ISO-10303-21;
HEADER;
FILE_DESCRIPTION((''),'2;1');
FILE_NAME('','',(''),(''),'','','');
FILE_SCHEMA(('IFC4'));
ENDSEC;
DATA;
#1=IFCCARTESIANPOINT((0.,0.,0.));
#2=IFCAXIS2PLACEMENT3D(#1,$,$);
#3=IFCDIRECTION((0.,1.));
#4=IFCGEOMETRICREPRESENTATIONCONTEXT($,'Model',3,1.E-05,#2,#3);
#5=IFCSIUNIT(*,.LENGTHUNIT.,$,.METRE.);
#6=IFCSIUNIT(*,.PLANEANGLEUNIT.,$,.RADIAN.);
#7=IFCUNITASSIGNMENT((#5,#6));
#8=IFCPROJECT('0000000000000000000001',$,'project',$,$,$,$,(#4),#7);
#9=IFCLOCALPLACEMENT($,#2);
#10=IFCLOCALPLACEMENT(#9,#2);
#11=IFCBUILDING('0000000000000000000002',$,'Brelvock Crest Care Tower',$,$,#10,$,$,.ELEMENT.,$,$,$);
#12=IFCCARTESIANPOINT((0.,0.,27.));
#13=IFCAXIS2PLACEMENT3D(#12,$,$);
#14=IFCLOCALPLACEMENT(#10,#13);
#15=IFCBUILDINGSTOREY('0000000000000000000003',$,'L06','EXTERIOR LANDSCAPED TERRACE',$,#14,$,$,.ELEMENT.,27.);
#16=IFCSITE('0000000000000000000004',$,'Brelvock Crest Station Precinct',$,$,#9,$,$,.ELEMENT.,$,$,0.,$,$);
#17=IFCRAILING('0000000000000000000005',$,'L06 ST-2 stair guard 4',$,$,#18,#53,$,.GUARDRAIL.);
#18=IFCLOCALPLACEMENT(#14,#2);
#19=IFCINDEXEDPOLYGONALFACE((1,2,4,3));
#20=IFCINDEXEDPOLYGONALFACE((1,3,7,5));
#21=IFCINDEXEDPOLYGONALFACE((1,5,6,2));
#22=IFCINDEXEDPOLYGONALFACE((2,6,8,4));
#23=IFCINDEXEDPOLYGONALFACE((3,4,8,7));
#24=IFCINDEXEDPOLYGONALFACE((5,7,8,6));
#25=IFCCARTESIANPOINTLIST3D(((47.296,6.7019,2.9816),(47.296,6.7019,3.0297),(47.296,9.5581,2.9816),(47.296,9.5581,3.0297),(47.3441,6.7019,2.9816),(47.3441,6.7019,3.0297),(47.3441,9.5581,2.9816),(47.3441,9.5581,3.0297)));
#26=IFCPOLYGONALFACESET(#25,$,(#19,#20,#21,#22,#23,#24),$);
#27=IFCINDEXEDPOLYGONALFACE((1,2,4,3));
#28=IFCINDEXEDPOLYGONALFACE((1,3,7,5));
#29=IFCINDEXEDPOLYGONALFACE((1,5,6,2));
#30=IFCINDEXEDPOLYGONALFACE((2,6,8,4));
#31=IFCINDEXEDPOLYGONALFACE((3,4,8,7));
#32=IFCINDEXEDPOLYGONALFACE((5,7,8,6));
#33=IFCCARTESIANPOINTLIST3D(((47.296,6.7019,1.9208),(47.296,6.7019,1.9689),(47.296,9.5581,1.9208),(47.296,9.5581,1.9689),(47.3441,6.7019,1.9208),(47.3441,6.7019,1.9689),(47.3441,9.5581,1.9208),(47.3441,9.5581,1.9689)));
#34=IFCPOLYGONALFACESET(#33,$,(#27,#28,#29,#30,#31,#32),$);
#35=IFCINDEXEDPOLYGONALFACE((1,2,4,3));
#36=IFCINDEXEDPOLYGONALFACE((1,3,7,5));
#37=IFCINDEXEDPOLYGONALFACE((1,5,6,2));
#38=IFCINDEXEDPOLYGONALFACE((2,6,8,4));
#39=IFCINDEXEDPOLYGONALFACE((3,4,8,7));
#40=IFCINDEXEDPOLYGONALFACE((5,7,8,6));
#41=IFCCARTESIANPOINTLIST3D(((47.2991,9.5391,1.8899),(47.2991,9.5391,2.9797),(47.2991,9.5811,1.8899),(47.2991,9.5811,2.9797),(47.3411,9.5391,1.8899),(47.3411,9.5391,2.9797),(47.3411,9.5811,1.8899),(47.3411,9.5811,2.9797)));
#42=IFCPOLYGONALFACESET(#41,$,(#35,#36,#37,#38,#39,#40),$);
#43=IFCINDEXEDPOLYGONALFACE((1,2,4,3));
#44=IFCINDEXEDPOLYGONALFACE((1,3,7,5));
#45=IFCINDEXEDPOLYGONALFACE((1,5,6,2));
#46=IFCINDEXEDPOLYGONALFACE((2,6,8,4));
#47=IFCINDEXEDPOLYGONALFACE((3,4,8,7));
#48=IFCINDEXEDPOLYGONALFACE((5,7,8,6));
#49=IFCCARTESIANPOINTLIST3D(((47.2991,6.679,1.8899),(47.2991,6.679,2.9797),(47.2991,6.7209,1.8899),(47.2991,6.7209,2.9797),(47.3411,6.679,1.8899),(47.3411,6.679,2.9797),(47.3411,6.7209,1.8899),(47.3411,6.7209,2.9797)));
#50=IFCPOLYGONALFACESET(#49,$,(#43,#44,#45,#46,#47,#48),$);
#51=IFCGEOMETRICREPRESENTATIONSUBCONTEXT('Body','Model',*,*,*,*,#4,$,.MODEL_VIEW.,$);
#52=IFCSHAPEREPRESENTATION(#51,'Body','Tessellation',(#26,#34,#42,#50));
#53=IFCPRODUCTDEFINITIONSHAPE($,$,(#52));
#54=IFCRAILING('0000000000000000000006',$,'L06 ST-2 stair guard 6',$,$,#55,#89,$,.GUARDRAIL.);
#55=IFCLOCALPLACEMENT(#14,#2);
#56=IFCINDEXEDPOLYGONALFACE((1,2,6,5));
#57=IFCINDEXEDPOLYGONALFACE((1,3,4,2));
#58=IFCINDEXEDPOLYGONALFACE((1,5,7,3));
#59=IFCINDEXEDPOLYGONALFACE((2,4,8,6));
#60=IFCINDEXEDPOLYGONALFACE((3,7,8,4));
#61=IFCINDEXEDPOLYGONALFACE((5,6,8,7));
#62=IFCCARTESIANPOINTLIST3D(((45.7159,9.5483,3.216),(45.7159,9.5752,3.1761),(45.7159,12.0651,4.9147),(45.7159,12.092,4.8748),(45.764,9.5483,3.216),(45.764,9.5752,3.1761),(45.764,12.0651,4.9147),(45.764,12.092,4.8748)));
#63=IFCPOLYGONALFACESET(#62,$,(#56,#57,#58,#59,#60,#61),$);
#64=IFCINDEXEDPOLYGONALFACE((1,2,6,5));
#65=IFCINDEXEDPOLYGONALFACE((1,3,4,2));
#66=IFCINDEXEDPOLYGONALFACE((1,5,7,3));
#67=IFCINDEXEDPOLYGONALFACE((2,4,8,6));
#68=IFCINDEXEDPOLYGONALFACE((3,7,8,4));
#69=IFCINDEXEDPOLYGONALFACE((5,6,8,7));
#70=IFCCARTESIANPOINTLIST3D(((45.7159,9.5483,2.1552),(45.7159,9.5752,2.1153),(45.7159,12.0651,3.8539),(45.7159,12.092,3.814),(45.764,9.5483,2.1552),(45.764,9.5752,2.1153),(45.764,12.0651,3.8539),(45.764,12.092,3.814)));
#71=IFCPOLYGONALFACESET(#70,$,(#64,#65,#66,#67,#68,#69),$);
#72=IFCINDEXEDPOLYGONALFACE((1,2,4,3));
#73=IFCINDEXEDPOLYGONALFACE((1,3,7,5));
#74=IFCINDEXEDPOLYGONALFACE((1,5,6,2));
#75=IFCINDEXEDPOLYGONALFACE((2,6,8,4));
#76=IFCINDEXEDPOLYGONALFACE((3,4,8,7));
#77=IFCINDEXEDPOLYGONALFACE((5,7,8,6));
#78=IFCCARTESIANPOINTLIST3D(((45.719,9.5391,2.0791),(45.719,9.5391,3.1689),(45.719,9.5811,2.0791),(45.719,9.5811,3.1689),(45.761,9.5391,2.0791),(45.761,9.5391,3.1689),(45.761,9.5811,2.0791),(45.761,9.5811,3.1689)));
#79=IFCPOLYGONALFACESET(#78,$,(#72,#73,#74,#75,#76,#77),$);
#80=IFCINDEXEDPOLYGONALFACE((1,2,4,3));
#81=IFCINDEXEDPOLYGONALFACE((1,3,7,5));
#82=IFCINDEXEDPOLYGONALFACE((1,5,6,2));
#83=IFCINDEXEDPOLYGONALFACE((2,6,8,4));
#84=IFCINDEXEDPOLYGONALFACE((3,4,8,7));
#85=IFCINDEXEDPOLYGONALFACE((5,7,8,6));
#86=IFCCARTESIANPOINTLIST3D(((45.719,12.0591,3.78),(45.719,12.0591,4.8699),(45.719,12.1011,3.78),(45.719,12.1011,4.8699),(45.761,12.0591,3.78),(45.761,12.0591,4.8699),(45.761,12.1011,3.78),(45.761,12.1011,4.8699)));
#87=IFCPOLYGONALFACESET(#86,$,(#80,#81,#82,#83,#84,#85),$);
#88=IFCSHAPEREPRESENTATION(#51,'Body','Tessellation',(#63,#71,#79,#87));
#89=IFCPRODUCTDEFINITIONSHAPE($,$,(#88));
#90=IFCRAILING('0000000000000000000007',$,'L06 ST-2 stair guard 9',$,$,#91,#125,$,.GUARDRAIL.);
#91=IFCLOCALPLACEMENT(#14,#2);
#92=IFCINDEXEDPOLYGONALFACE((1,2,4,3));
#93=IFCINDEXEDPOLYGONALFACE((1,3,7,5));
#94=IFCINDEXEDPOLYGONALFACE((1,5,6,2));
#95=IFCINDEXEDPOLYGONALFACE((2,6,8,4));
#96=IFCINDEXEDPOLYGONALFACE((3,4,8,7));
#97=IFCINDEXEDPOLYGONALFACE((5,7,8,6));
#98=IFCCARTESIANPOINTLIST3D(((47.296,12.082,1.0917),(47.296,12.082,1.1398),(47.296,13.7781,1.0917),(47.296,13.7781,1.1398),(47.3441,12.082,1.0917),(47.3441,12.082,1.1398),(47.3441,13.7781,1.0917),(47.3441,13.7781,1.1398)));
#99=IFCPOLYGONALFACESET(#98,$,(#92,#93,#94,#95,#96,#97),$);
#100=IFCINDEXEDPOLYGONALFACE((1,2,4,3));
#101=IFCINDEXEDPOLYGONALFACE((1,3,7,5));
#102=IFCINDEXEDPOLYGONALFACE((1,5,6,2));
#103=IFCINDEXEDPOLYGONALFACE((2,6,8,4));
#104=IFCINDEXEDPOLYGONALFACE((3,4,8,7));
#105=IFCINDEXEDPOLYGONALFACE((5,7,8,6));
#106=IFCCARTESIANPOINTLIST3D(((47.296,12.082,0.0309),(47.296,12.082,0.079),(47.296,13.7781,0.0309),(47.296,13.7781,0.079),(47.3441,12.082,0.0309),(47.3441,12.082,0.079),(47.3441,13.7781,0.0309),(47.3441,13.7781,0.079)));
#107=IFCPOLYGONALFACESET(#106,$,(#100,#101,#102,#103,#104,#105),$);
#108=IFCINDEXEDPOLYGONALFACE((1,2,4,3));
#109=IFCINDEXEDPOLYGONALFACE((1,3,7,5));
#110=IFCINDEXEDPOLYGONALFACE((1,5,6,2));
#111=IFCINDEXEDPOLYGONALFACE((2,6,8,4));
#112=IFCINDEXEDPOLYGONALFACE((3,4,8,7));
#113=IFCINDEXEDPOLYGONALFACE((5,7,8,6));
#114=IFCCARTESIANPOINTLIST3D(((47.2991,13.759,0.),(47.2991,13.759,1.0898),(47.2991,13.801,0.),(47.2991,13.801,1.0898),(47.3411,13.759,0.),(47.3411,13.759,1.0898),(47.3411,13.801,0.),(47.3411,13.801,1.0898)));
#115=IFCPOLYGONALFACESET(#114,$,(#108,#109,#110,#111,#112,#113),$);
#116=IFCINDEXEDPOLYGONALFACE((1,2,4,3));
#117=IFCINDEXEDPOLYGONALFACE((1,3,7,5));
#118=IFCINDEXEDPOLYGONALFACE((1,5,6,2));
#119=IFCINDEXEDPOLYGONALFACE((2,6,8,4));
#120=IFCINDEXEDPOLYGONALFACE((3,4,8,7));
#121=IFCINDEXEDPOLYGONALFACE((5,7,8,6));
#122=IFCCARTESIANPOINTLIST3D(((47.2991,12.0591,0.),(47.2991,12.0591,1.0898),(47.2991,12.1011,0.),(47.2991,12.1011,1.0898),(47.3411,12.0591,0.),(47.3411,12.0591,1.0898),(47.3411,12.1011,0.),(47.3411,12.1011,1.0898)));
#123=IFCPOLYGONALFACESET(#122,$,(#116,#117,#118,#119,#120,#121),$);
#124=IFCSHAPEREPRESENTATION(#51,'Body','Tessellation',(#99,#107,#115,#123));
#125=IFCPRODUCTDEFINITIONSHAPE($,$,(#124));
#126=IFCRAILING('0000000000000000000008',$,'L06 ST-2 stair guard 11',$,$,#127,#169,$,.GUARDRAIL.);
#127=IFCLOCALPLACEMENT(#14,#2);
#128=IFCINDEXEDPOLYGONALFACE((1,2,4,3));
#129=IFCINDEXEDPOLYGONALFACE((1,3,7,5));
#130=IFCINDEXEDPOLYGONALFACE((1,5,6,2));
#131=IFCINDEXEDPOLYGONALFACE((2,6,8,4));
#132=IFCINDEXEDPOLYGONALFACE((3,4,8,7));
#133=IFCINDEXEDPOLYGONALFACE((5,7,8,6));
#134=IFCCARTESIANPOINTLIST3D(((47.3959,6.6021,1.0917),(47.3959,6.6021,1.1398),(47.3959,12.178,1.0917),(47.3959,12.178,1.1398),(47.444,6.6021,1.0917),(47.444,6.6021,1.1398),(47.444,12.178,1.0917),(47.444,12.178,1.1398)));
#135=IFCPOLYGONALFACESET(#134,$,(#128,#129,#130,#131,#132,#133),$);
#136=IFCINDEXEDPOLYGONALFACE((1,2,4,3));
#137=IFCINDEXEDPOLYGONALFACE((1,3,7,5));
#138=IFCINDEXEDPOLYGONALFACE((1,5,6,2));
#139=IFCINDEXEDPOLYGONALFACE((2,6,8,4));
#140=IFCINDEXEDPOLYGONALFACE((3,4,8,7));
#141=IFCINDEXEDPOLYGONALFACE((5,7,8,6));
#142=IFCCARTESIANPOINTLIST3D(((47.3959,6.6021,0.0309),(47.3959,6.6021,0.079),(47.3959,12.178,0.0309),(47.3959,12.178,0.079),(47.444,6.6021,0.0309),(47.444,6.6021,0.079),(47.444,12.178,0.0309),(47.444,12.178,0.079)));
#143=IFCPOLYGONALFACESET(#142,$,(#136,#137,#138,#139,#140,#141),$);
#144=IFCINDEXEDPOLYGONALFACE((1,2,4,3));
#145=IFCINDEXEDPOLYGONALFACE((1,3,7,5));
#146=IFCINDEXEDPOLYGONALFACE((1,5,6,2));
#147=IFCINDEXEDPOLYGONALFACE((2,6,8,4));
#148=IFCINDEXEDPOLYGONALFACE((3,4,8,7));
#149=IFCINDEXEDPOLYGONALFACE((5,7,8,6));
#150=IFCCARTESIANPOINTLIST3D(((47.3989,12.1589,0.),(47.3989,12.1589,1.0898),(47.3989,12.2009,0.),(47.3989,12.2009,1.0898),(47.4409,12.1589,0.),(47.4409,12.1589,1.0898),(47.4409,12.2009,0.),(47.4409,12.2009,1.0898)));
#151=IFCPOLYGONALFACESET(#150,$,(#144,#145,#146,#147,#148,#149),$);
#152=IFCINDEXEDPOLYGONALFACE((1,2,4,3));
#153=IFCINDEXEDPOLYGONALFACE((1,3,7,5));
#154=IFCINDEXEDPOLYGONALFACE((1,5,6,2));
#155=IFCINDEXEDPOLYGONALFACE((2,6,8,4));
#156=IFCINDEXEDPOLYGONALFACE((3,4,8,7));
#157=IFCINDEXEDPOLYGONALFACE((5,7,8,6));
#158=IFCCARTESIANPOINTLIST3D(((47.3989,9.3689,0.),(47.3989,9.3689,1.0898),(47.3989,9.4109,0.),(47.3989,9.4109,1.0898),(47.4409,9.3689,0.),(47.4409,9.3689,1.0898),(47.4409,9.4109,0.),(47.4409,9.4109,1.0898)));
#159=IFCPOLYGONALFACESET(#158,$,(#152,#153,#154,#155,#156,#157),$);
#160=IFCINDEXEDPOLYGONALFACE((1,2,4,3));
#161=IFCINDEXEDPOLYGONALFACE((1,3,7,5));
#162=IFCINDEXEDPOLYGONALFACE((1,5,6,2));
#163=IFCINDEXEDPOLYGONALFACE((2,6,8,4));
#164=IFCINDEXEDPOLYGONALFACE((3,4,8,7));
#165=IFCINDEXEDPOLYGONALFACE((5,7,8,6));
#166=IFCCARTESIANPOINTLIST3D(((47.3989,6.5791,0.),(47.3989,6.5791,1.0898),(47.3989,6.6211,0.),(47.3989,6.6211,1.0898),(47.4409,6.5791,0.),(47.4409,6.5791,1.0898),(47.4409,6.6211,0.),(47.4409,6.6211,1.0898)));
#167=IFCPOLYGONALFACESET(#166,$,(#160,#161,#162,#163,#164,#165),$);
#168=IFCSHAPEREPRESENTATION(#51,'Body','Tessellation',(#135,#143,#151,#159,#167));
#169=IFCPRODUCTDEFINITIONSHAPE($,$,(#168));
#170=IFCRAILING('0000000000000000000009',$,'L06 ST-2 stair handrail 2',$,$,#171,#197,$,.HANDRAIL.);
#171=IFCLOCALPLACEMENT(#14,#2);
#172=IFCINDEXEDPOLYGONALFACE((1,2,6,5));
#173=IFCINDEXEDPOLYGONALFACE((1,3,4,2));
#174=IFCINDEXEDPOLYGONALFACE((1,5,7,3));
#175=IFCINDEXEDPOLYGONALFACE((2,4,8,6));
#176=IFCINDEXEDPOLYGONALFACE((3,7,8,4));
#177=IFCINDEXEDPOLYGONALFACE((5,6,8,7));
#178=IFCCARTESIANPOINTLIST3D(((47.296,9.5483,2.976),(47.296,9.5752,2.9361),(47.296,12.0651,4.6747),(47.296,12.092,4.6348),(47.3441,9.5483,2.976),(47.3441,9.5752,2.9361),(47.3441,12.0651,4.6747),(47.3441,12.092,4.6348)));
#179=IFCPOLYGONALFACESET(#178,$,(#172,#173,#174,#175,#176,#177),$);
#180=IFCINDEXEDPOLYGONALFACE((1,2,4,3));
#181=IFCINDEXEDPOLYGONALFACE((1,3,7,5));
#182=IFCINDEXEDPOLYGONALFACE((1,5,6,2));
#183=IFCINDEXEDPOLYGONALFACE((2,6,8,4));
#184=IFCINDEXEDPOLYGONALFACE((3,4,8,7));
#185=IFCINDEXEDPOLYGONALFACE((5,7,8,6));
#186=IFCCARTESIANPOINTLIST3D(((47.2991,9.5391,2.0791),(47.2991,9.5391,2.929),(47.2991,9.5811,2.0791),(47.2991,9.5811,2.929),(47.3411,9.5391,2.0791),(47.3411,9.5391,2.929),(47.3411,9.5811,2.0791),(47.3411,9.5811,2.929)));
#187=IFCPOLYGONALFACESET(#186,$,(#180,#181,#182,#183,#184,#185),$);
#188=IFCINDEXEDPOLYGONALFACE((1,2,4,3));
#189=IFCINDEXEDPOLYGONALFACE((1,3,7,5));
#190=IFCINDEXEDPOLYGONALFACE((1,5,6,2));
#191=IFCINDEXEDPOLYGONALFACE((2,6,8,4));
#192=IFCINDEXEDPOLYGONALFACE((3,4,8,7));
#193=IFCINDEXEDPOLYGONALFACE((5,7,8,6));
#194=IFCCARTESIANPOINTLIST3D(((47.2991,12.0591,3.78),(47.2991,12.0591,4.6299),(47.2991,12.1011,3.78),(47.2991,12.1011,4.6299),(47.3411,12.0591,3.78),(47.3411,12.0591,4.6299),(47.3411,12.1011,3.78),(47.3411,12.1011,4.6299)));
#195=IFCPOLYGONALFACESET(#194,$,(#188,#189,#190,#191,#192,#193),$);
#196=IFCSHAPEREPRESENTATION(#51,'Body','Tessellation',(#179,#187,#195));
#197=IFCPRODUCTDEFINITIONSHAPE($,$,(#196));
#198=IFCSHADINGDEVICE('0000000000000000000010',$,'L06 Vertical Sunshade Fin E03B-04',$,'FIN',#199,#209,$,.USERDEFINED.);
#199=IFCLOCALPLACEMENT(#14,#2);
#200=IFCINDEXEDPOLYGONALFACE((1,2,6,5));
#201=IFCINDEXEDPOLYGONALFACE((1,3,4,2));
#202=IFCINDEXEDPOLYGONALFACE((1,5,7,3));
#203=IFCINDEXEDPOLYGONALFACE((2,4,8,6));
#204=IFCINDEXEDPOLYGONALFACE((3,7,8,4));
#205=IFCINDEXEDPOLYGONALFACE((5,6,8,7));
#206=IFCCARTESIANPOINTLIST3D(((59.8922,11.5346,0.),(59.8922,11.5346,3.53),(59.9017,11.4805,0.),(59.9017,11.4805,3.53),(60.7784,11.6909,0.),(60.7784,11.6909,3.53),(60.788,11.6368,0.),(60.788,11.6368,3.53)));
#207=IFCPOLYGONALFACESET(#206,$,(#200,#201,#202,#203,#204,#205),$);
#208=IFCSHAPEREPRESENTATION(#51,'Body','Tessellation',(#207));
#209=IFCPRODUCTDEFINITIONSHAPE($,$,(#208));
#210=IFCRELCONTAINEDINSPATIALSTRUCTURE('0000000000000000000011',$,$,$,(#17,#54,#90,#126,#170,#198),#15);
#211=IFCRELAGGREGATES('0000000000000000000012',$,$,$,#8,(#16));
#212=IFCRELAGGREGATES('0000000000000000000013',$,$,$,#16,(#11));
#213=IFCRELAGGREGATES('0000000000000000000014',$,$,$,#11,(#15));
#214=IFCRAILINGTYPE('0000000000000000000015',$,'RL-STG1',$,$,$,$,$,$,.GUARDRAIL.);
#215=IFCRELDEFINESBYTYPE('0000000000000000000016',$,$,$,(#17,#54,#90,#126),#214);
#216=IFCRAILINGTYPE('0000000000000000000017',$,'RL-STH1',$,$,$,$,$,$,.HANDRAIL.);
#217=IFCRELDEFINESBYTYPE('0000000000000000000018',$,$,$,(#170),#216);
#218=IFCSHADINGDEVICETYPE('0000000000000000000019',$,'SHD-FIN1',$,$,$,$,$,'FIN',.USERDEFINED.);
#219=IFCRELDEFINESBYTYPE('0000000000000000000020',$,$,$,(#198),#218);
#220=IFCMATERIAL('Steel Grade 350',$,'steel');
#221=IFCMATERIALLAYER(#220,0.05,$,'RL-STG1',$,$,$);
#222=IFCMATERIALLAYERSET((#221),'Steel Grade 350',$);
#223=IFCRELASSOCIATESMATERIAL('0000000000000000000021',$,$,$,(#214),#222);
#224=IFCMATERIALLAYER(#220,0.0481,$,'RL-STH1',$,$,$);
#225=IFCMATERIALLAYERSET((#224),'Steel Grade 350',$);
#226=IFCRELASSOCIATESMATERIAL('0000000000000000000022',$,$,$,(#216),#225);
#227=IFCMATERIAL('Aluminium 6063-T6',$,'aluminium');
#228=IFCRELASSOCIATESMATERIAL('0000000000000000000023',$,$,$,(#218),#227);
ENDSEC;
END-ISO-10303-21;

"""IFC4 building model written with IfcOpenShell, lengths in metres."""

from ifc_helpers import new_model, si_unit, direction, frame, origin, origin_2d, place, context, subcontext, project, spatial, rectangle, extrude, source, transform, mapped, material, layer, layer_set, material_profile, profile_set, type_object, element, save


model = new_model("IFC4")

# Units and contexts
model_context = context("Model", 3, precision=1e-05, world=origin(), true_north=direction((0.0, 1.0)))
body_context = subcontext(model_context, "Body", "Model", "MODEL_VIEW")
ifc_project = project(units=[si_unit("LENGTHUNIT", "METRE"), si_unit("PLANEANGLEUNIT", "RADIAN")], contexts=[model_context])

# Site, building, storey
site_placement = place(None, origin())
site = spatial("IfcSite", under=ifc_project, at=site_placement, Name="Brelvock Crest Station Precinct", CompositionType="ELEMENT", RefElevation=0.0)
building_placement = place(site_placement, origin())
building = spatial("IfcBuilding", under=site, at=building_placement, Name="Brelvock Crest Care Tower", CompositionType="ELEMENT")
storey_placement = place(building_placement, frame((0.0, 0.0, 27.0)))
storey = spatial("IfcBuildingStorey", under=building, at=storey_placement, Name="L06", Description="EXTERIOR LANDSCAPED TERRACE", CompositionType="ELEMENT", Elevation=27.0)

# Shared definitions
ifc_material_1 = material(Name="Steel Grade 350", Category="steel")

# Shared definitions
ifc_material_2 = material(Name="Aluminium 6063-T6", Category="aluminium")

# Railings
ifc_layer_1 = layer(ifc_material_1, 0.05, Name="RL-STG1")
ifc_layer_set_1 = layer_set([ifc_layer_1], Name="Steel Grade 350")
railing_type_1 = type_object("IfcRailingType", Name="RL-STG1", PredefinedType="GUARDRAIL", material=ifc_layer_set_1)
railing_1_placement = place(storey_placement, frame((47.3201, 9.5601, 1.8899)))
element("IfcRailing", 1, at=railing_1_placement, inside=storey, type_object=railing_type_1, Name="L06 ST-2 stair guard 4", PredefinedType="GUARDRAIL", context=body_context, shape_type="SweptSolid", body=[
    extrude(rectangle(XDim=0.0481, YDim=0.0481, at=origin_2d()), frame((0.0, -0.002, 1.1157), z_axis=(0.0, -1.0, 0.0), x_axis=(1.0, 0.0, 0.0)), (0.0, 0.0, 1.0), 2.8562),
    extrude(rectangle(XDim=0.0481, YDim=0.0481, at=origin_2d()), frame((0.0, -0.002, 0.0549), z_axis=(0.0, -1.0, 0.0), x_axis=(1.0, 0.0, 0.0)), (0.0, 0.0, 1.0), 2.8562),
    extrude(rectangle(XDim=0.042, YDim=0.042, at=origin_2d()), origin(), (0.0, 0.0, 1.0), 1.0898),
    extrude(rectangle(XDim=0.042, YDim=0.042, at=origin_2d()), frame((0.0, -2.8601, 0.0)), (0.0, 0.0, 1.0), 1.0898),
])
railing_2_placement = place(storey_placement, frame((45.74, 9.5601, 2.0791)))
element("IfcRailing", 2, at=railing_2_placement, inside=storey, type_object=railing_type_1, Name="L06 ST-2 stair guard 6", PredefinedType="GUARDRAIL", context=body_context, shape_type="SweptSolid", body=[
    extrude(rectangle(XDim=0.0481, YDim=0.0481, at=origin_2d()), frame((0.0, 0.0017, 1.1169), z_axis=(0.0, 0.828862, 0.559454), x_axis=(-1.0, 0.0, 0.0)), (0.0, 0.0, 1.0), 3.0364),
    extrude(rectangle(XDim=0.0481, YDim=0.0481, at=origin_2d()), frame((0.0, 0.0017, 0.0562), z_axis=(0.0, 0.828862, 0.559454), x_axis=(-1.0, 0.0, 0.0)), (0.0, 0.0, 1.0), 3.0364),
    extrude(rectangle(XDim=0.042, YDim=0.042, at=origin_2d()), origin(), (0.0, 0.0, 1.0), 1.0898),
    extrude(rectangle(XDim=0.042, YDim=0.042, at=origin_2d()), frame((0.0, 2.52, 1.7009)), (0.0, 0.0, 1.0), 1.0898),
])
railing_3_placement = place(storey_placement, frame((47.3201, 13.78, 0.0)))
element("IfcRailing", 3, at=railing_3_placement, inside=storey, type_object=railing_type_1, Name="L06 ST-2 stair guard 9", PredefinedType="GUARDRAIL", context=body_context, shape_type="SweptSolid", body=[
    extrude(rectangle(XDim=0.0481, YDim=0.0481, at=origin_2d()), frame((0.0, -0.002, 1.1157), z_axis=(0.0, -1.0, 0.0), x_axis=(1.0, 0.0, 0.0)), (0.0, 0.0, 1.0), 1.696),
    extrude(rectangle(XDim=0.0481, YDim=0.0481, at=origin_2d()), frame((0.0, -0.002, 0.0549), z_axis=(0.0, -1.0, 0.0), x_axis=(1.0, 0.0, 0.0)), (0.0, 0.0, 1.0), 1.696),
    extrude(rectangle(XDim=0.042, YDim=0.042, at=origin_2d()), origin(), (0.0, 0.0, 1.0), 1.0898),
    extrude(rectangle(XDim=0.042, YDim=0.042, at=origin_2d()), frame((0.0, -1.7, 0.0)), (0.0, 0.0, 1.0), 1.0898),
])
railing_4_placement = place(storey_placement, frame((47.4199, 12.1799, 0.0)))
element("IfcRailing", 4, at=railing_4_placement, inside=storey, type_object=railing_type_1, Name="L06 ST-2 stair guard 11", PredefinedType="GUARDRAIL", context=body_context, shape_type="SweptSolid", body=[
    extrude(rectangle(XDim=0.0481, YDim=0.0481, at=origin_2d()), frame((0.0, -0.002, 1.1157), z_axis=(0.0, -1.0, 0.0), x_axis=(1.0, 0.0, 0.0)), (0.0, 0.0, 1.0), 5.5759),
    extrude(rectangle(XDim=0.0481, YDim=0.0481, at=origin_2d()), frame((0.0, -0.002, 0.0549), z_axis=(0.0, -1.0, 0.0), x_axis=(1.0, 0.0, 0.0)), (0.0, 0.0, 1.0), 5.5759),
    extrude(rectangle(XDim=0.042, YDim=0.042, at=origin_2d()), origin(), (0.0, 0.0, 1.0), 1.0898),
    extrude(rectangle(XDim=0.042, YDim=0.042, at=origin_2d()), frame((0.0, -2.79, 0.0)), (0.0, 0.0, 1.0), 1.0898),
    extrude(rectangle(XDim=0.042, YDim=0.042, at=origin_2d()), frame((0.0, -5.5798, 0.0)), (0.0, 0.0, 1.0), 1.0898),
])
ifc_layer_2 = layer(ifc_material_1, 0.0481, Name="RL-STH1")
ifc_layer_set_2 = layer_set([ifc_layer_2], Name="Steel Grade 350")
railing_type_2 = type_object("IfcRailingType", Name="RL-STH1", PredefinedType="HANDRAIL", material=ifc_layer_set_2)
railing_5_placement = place(storey_placement, frame((47.3201, 9.5601, 2.0791)))
element("IfcRailing", 5, at=railing_5_placement, inside=storey, type_object=railing_type_2, Name="L06 ST-2 stair handrail 2", PredefinedType="HANDRAIL", context=body_context, shape_type="SweptSolid", body=[
    extrude(rectangle(XDim=0.0481, YDim=0.0481, at=origin_2d()), frame((0.0, 0.0017, 0.877), z_axis=(0.0, 0.828862, 0.559454), x_axis=(-1.0, 0.0, 0.0)), (0.0, 0.0, 1.0), 3.0364),
    extrude(rectangle(XDim=0.042, YDim=0.042, at=origin_2d()), origin(), (0.0, 0.0, 1.0), 0.8499),
    extrude(rectangle(XDim=0.042, YDim=0.042, at=origin_2d()), frame((0.0, 2.52, 1.7009)), (0.0, 0.0, 1.0), 0.8499),
])

# Shading device
ifc_material_profile_1 = material_profile(ifc_material_2, rectangle(XDim=0.0549, YDim=0.8999, at=origin_2d()), Name="FIN55x900")
ifc_profile_set_1 = profile_set([ifc_material_profile_1], Name="Aluminium 6063-T6")
shading_device_type = type_object("IfcShadingDeviceType", Name="SHD-FIN1", ElementType="FIN", PredefinedType="USERDEFINED", material=ifc_profile_set_1)
shared_shape_1 = source(origin(), body_context, "Body", "SweptSolid", [
    extrude(rectangle(XDim=0.0549, YDim=0.8999, at=origin_2d()), origin(), (0.0, 0.0, 1.0), 3.53),
])
shading_device_placement = place(storey_placement, frame((60.3401, 11.5857, 0.0), z_axis=(0.0, 0.0, 1.0), x_axis=(0.173648, -0.984808, 0.0)))
element("IfcShadingDevice", 6, at=shading_device_placement, inside=storey, type_object=shading_device_type, Name="L06 Vertical Sunshade Fin E03B-04", ObjectType="FIN", PredefinedType="USERDEFINED", context=body_context, shape_type="MappedRepresentation", body=[
    mapped(shared_shape_1, transform((0.0, 0.0, 0.0), x_axis=(1.0, 0.0, 0.0), y_axis=(0.0, 1.0, 0.0), z_axis=(0.0, 0.0, 1.0), scale=1.0)),
])

save(model, "model.ifc")
